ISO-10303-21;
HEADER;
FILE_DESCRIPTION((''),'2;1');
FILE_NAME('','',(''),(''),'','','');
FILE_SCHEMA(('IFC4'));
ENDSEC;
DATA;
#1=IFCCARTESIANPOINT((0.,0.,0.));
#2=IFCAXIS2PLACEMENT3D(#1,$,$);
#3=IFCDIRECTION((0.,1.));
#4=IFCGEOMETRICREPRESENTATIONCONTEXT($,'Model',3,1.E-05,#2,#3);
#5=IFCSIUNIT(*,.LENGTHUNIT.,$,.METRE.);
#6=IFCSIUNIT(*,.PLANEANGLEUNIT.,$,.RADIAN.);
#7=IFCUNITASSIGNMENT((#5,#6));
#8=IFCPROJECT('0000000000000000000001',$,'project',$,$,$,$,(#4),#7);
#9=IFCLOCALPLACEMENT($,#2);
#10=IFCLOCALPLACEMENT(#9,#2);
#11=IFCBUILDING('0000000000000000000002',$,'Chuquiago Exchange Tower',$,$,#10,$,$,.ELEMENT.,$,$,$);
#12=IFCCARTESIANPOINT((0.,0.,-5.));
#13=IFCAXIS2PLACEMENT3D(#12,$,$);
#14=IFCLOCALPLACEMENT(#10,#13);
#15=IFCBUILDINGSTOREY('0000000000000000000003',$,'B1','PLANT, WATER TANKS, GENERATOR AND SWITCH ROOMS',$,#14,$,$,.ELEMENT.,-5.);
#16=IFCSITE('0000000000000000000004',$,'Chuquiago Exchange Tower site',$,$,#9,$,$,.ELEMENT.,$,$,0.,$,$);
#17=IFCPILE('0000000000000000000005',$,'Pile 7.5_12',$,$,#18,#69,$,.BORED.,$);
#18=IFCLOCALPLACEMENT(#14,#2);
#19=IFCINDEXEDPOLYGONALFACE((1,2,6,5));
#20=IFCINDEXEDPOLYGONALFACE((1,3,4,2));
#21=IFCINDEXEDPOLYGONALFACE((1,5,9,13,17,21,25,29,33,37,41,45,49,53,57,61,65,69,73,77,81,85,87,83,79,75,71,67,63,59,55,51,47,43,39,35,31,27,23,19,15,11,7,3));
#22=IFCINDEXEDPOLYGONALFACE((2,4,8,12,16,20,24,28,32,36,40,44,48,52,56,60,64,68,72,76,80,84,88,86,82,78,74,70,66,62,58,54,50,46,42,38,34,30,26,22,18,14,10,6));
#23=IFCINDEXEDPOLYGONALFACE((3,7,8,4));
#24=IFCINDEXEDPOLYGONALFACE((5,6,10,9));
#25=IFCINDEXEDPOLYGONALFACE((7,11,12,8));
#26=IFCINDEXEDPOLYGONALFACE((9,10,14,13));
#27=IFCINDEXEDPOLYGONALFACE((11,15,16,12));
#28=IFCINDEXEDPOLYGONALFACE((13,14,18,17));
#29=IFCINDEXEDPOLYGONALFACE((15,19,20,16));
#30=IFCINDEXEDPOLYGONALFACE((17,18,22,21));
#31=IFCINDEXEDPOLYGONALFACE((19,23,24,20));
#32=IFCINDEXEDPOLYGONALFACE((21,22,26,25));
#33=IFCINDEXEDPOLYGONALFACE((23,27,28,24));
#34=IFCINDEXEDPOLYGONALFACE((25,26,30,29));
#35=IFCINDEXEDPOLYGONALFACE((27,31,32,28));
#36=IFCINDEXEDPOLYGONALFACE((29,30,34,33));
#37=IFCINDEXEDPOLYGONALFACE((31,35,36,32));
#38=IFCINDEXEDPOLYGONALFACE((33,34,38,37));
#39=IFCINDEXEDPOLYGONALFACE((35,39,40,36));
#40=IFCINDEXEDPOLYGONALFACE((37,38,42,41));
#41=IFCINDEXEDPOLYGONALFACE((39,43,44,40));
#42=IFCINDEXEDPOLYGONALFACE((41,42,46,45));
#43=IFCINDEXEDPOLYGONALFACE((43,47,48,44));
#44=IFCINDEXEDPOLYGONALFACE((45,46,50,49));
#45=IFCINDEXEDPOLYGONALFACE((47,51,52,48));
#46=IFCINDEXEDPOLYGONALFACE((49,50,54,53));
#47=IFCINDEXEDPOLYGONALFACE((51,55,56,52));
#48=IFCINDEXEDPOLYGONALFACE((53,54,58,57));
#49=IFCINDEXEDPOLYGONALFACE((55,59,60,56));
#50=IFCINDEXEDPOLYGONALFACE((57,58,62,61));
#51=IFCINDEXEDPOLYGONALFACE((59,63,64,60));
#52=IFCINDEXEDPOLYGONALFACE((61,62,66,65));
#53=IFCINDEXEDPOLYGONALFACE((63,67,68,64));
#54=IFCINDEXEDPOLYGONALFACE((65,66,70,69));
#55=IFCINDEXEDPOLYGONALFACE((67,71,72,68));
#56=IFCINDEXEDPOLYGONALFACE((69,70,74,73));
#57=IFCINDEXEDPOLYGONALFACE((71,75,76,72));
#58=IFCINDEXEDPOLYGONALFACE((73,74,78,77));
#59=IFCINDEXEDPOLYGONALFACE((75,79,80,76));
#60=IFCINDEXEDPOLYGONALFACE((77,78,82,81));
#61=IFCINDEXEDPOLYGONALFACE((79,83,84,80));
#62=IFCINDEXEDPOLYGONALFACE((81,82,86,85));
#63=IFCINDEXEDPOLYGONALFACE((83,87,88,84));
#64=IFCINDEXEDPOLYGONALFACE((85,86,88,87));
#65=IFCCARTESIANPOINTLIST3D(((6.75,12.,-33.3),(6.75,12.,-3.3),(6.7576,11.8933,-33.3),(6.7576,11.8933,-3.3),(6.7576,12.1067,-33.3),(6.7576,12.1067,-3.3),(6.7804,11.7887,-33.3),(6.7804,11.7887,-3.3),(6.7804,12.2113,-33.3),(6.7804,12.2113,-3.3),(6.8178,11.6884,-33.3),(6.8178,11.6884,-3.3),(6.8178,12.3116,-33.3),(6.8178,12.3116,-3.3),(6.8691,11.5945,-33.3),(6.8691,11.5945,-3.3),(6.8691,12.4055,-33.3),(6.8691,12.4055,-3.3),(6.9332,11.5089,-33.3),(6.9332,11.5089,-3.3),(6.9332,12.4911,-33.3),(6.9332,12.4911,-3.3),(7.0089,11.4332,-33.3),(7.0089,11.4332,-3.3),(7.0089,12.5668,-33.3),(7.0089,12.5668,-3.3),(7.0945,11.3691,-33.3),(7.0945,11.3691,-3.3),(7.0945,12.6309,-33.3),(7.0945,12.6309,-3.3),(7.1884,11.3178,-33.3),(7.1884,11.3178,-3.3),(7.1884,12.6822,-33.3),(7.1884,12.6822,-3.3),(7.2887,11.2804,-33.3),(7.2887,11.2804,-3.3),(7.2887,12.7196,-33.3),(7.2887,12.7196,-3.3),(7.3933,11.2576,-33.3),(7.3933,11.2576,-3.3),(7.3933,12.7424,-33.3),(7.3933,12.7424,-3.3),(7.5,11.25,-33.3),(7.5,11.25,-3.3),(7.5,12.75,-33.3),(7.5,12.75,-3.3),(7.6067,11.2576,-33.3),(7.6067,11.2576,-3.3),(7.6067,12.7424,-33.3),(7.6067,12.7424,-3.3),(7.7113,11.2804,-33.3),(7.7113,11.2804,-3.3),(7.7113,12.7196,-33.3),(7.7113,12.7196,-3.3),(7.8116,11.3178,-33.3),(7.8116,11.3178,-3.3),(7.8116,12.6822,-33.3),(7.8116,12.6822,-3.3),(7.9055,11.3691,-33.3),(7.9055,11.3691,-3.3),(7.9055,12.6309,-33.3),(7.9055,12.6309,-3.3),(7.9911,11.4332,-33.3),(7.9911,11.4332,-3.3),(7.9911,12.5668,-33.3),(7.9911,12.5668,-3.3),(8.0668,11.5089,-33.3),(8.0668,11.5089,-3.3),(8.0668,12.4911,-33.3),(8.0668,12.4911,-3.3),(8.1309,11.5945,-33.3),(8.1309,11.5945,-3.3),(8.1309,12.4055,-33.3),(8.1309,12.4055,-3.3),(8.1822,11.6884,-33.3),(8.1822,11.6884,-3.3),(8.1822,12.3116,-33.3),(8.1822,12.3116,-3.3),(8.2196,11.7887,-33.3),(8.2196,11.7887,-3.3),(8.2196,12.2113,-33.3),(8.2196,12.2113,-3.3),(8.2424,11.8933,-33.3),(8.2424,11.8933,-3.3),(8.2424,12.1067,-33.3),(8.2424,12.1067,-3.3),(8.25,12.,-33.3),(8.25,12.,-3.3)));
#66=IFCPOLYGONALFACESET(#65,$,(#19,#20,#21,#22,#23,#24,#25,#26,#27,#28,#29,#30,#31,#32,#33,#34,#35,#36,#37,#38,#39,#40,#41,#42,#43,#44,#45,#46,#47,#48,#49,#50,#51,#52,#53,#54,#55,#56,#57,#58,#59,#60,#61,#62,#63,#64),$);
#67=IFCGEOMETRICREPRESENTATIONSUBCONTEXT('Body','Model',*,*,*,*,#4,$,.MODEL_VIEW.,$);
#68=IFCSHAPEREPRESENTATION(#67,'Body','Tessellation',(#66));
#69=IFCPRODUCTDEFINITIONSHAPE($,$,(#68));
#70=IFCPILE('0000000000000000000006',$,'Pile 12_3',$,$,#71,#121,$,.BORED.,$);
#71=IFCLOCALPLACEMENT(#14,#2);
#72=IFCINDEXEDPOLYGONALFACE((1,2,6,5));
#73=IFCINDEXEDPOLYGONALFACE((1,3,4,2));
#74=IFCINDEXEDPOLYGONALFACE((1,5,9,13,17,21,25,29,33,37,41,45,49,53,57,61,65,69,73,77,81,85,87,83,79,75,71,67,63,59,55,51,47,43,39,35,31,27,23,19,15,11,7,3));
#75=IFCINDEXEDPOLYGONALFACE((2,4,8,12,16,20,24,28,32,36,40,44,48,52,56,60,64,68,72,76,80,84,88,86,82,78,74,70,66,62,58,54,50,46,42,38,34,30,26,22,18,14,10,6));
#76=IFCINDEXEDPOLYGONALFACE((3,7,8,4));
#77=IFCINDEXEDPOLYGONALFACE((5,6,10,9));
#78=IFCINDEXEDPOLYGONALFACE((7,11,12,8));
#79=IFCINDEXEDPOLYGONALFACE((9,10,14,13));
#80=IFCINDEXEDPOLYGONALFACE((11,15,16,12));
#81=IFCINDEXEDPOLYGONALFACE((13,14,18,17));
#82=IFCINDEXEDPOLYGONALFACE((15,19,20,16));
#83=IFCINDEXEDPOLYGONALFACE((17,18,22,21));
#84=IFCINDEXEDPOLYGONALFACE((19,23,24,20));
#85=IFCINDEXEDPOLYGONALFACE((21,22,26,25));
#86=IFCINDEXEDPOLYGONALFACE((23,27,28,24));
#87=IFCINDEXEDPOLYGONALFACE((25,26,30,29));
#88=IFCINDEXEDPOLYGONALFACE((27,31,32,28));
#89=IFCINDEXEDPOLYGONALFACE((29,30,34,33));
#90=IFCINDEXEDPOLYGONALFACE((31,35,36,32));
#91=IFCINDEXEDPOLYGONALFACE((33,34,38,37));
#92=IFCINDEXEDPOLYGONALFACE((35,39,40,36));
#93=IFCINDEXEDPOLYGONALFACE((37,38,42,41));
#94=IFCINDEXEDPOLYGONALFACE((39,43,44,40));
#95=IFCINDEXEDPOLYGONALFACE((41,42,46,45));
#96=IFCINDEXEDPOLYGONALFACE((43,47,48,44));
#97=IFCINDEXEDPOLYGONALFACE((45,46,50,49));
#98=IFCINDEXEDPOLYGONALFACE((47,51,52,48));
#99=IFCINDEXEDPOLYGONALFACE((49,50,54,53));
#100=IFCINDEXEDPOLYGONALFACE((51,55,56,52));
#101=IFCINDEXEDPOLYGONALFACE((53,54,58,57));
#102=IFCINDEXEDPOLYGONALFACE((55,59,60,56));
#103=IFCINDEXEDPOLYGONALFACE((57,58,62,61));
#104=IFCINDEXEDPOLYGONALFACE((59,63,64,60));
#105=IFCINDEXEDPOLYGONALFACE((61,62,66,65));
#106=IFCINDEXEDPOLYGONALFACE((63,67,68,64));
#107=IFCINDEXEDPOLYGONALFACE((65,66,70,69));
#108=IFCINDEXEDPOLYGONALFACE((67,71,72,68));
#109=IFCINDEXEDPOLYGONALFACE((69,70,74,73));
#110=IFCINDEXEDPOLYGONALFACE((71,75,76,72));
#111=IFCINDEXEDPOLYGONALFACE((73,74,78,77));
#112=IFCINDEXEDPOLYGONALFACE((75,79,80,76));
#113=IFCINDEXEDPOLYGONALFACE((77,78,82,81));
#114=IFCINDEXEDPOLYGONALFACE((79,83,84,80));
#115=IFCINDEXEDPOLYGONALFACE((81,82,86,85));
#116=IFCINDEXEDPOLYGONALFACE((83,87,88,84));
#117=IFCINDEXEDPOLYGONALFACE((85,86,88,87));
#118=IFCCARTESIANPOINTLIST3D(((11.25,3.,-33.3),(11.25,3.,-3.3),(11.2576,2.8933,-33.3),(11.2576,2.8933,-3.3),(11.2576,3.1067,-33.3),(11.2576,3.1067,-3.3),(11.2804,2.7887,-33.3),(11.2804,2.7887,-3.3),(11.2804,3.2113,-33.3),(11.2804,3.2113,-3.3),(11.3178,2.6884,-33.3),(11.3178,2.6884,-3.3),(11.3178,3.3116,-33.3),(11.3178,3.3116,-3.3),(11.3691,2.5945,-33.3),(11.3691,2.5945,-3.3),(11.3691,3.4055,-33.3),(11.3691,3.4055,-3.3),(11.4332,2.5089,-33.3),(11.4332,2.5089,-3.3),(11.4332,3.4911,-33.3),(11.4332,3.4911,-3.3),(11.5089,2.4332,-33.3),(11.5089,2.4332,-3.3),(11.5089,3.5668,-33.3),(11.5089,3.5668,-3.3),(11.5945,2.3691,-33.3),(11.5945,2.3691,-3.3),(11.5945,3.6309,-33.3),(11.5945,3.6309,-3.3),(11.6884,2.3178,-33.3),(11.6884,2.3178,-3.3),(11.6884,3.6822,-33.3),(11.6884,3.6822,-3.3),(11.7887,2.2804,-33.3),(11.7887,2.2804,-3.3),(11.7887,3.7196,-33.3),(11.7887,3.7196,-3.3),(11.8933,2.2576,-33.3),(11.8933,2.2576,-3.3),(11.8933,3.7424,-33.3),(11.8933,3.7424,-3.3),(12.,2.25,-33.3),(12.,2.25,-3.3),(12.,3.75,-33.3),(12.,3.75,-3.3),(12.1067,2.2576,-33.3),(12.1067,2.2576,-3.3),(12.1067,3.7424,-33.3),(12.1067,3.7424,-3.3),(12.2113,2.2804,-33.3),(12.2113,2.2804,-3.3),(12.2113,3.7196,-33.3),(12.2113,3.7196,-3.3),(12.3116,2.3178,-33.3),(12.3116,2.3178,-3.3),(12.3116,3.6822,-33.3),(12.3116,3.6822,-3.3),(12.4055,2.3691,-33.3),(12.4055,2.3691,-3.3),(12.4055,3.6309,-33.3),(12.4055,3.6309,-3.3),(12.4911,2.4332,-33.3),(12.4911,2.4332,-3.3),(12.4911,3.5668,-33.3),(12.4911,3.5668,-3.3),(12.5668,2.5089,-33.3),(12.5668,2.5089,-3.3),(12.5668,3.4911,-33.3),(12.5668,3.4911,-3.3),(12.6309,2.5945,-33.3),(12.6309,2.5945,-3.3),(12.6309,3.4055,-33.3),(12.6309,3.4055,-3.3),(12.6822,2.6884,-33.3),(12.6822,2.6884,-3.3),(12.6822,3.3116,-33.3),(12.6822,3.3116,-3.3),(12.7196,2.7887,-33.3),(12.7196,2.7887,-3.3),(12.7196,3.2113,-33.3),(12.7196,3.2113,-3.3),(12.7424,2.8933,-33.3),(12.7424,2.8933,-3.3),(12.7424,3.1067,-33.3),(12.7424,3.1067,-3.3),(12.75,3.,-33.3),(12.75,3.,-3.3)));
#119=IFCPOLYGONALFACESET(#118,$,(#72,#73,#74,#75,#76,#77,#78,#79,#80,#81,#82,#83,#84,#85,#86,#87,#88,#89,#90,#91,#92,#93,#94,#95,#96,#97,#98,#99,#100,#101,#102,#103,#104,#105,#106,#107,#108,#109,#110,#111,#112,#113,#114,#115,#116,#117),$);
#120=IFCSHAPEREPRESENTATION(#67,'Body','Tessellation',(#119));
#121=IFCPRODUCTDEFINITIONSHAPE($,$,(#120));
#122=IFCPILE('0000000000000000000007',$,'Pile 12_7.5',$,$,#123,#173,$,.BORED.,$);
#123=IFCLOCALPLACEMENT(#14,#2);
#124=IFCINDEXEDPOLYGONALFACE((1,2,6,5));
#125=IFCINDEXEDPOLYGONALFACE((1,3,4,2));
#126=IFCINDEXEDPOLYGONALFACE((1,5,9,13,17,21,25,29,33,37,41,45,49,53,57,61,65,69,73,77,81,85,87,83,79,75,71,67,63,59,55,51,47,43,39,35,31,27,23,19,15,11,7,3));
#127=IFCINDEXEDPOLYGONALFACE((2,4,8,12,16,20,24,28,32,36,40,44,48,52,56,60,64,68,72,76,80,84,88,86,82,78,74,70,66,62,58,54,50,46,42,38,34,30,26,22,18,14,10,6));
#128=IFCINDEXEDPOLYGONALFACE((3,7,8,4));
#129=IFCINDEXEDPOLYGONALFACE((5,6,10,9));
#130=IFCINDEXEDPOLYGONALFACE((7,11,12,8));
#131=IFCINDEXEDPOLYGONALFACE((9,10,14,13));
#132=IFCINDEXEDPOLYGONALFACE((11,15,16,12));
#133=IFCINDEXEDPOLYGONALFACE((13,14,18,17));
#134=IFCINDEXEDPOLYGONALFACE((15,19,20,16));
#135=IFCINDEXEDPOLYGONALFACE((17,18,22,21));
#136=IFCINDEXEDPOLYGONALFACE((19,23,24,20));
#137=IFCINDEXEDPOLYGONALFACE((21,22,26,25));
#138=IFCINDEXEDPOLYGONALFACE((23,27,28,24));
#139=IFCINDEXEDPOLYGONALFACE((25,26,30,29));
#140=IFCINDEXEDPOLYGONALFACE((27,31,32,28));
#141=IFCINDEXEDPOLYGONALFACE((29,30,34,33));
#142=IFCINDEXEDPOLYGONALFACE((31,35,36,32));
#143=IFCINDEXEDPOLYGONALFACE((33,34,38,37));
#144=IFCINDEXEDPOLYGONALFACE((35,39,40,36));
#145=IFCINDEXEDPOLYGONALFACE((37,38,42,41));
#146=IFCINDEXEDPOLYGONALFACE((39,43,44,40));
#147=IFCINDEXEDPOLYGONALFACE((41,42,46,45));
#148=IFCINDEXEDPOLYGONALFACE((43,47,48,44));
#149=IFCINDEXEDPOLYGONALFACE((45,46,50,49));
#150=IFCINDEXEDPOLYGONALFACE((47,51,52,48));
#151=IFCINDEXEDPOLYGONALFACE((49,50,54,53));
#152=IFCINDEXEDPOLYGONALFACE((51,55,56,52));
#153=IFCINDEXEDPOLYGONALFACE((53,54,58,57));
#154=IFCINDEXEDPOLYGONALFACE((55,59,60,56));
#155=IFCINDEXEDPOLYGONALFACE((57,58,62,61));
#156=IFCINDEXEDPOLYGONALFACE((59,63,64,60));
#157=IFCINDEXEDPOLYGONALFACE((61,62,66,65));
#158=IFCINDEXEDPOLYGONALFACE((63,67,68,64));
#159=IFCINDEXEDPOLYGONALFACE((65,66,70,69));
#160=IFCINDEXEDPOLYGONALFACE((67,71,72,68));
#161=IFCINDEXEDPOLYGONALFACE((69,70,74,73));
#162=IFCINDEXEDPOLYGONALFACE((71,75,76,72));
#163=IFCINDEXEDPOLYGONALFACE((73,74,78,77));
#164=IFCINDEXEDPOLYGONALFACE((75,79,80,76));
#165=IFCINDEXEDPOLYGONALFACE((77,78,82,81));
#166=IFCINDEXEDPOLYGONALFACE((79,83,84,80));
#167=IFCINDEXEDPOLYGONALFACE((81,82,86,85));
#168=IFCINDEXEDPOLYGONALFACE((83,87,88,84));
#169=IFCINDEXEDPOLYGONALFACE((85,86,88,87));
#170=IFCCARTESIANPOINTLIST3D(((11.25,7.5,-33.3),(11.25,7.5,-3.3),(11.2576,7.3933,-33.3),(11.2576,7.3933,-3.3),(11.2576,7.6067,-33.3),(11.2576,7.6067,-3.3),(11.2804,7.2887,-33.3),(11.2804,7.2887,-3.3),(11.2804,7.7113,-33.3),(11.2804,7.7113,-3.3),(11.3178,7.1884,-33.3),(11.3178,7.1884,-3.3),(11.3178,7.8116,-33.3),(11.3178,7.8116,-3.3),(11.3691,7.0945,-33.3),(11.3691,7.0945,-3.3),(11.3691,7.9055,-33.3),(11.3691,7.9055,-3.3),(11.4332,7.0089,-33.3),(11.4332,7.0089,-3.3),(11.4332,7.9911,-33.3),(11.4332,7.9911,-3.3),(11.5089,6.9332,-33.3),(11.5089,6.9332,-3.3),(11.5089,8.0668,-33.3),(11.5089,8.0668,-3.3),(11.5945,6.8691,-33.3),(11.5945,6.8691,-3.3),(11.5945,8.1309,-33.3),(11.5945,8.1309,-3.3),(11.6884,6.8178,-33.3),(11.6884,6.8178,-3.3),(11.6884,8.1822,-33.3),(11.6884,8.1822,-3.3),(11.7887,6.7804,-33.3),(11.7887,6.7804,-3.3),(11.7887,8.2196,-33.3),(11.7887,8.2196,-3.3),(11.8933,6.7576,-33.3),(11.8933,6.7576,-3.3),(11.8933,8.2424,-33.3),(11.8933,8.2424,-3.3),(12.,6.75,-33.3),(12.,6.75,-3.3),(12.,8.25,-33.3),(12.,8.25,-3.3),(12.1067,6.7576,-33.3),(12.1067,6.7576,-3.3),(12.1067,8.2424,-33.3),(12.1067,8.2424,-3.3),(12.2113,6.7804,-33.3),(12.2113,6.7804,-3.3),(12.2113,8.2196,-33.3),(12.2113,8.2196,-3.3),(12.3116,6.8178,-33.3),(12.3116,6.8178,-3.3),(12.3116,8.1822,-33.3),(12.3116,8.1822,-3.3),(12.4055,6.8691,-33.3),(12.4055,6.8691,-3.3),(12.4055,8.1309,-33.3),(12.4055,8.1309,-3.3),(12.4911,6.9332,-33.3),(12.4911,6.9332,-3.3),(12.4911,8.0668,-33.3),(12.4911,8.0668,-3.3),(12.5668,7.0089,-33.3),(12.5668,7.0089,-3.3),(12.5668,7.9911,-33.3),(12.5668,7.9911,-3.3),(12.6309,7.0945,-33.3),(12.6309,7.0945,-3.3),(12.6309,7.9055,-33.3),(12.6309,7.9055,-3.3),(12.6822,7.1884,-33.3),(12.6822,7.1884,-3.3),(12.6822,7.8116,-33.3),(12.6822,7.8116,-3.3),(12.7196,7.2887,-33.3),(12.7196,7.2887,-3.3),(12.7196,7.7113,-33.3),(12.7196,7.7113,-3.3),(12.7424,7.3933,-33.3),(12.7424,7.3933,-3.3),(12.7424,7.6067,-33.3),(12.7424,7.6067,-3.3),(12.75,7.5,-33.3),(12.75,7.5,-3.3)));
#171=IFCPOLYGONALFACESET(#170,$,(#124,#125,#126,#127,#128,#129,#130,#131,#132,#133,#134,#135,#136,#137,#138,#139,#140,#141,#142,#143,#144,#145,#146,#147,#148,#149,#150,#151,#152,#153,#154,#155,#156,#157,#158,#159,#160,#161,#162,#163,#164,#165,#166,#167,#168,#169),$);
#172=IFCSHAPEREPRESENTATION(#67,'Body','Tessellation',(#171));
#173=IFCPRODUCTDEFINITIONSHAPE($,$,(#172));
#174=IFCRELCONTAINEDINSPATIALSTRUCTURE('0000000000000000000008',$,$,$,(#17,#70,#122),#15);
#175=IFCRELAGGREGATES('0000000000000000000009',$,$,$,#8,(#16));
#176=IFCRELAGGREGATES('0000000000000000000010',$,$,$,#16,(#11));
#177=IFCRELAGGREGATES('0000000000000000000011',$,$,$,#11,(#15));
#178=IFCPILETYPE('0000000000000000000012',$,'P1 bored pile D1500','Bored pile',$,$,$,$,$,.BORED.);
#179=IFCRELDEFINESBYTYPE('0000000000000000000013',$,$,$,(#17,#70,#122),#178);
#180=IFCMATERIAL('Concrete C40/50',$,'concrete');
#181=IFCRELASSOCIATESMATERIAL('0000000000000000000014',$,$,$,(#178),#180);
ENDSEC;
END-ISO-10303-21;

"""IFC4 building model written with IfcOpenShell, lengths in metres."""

from ifc_helpers import new_model, si_unit, direction, frame, origin, origin_2d, place, context, subcontext, project, spatial, circle, extrude, material, material_profile, profile_set, type_object, element, save


model = new_model("IFC4")

# Units and contexts
model_context = context("Model", 3, precision=1e-05, world=origin(), true_north=direction((0.0, 1.0)))
body_context = subcontext(model_context, "Body", "Model", "MODEL_VIEW")
ifc_project = project(units=[si_unit("LENGTHUNIT", "METRE"), si_unit("PLANEANGLEUNIT", "RADIAN")], contexts=[model_context])

# Site, building, storey
site_placement = place(None, origin())
site = spatial("IfcSite", under=ifc_project, at=site_placement, Name="Chuquiago Exchange Tower site", CompositionType="ELEMENT", RefElevation=0.0)
building_placement = place(site_placement, origin())
building = spatial("IfcBuilding", under=site, at=building_placement, Name="Chuquiago Exchange Tower", CompositionType="ELEMENT")
storey_placement = place(building_placement, frame((0.0, 0.0, -5.0)))
storey = spatial("IfcBuildingStorey", under=building, at=storey_placement, Name="B1", Description="PLANT, WATER TANKS, GENERATOR AND SWITCH ROOMS", CompositionType="ELEMENT", Elevation=-5.0)

# Piles
ifc_material_1 = material(Name="Concrete C40/50", Category="concrete")
ifc_material_profile_1 = material_profile(ifc_material_1, circle(Radius=0.75, at=origin_2d()), Name="D1500")
ifc_profile_set_1 = profile_set([ifc_material_profile_1], Name="Concrete C40/50")
pile_type = type_object("IfcPileType", Name="P1 bored pile D1500", Description="Bored pile", PredefinedType="BORED", material=ifc_profile_set_1)
for number, where, z_axis, x_axis, name in (
    (1, (7.5, 12.0, -3.3), (0.0, 0.0, -1.0), (1.0, 0.0, 0.0), "Pile 7.5_12"),
    (2, (12.0, 3.0, -3.3), (0.0, 0.0, -1.0), (1.0, 0.0, 0.0), "Pile 12_3"),
    (3, (12.0, 7.5, -3.3), (0.0, 0.0, -1.0), (1.0, 0.0, 0.0), "Pile 12_7.5"),
):
    element("IfcPile", number, at=place(storey_placement, frame(where, z_axis=z_axis, x_axis=x_axis)), inside=storey, type_object=pile_type, Name=name, PredefinedType="BORED", context=body_context, shape_type="SweptSolid", body=[
        extrude(circle(Radius=0.75, at=origin_2d()), origin(), (0.0, 0.0, 1.0), 30.0),
    ])

save(model, "model.ifc")
